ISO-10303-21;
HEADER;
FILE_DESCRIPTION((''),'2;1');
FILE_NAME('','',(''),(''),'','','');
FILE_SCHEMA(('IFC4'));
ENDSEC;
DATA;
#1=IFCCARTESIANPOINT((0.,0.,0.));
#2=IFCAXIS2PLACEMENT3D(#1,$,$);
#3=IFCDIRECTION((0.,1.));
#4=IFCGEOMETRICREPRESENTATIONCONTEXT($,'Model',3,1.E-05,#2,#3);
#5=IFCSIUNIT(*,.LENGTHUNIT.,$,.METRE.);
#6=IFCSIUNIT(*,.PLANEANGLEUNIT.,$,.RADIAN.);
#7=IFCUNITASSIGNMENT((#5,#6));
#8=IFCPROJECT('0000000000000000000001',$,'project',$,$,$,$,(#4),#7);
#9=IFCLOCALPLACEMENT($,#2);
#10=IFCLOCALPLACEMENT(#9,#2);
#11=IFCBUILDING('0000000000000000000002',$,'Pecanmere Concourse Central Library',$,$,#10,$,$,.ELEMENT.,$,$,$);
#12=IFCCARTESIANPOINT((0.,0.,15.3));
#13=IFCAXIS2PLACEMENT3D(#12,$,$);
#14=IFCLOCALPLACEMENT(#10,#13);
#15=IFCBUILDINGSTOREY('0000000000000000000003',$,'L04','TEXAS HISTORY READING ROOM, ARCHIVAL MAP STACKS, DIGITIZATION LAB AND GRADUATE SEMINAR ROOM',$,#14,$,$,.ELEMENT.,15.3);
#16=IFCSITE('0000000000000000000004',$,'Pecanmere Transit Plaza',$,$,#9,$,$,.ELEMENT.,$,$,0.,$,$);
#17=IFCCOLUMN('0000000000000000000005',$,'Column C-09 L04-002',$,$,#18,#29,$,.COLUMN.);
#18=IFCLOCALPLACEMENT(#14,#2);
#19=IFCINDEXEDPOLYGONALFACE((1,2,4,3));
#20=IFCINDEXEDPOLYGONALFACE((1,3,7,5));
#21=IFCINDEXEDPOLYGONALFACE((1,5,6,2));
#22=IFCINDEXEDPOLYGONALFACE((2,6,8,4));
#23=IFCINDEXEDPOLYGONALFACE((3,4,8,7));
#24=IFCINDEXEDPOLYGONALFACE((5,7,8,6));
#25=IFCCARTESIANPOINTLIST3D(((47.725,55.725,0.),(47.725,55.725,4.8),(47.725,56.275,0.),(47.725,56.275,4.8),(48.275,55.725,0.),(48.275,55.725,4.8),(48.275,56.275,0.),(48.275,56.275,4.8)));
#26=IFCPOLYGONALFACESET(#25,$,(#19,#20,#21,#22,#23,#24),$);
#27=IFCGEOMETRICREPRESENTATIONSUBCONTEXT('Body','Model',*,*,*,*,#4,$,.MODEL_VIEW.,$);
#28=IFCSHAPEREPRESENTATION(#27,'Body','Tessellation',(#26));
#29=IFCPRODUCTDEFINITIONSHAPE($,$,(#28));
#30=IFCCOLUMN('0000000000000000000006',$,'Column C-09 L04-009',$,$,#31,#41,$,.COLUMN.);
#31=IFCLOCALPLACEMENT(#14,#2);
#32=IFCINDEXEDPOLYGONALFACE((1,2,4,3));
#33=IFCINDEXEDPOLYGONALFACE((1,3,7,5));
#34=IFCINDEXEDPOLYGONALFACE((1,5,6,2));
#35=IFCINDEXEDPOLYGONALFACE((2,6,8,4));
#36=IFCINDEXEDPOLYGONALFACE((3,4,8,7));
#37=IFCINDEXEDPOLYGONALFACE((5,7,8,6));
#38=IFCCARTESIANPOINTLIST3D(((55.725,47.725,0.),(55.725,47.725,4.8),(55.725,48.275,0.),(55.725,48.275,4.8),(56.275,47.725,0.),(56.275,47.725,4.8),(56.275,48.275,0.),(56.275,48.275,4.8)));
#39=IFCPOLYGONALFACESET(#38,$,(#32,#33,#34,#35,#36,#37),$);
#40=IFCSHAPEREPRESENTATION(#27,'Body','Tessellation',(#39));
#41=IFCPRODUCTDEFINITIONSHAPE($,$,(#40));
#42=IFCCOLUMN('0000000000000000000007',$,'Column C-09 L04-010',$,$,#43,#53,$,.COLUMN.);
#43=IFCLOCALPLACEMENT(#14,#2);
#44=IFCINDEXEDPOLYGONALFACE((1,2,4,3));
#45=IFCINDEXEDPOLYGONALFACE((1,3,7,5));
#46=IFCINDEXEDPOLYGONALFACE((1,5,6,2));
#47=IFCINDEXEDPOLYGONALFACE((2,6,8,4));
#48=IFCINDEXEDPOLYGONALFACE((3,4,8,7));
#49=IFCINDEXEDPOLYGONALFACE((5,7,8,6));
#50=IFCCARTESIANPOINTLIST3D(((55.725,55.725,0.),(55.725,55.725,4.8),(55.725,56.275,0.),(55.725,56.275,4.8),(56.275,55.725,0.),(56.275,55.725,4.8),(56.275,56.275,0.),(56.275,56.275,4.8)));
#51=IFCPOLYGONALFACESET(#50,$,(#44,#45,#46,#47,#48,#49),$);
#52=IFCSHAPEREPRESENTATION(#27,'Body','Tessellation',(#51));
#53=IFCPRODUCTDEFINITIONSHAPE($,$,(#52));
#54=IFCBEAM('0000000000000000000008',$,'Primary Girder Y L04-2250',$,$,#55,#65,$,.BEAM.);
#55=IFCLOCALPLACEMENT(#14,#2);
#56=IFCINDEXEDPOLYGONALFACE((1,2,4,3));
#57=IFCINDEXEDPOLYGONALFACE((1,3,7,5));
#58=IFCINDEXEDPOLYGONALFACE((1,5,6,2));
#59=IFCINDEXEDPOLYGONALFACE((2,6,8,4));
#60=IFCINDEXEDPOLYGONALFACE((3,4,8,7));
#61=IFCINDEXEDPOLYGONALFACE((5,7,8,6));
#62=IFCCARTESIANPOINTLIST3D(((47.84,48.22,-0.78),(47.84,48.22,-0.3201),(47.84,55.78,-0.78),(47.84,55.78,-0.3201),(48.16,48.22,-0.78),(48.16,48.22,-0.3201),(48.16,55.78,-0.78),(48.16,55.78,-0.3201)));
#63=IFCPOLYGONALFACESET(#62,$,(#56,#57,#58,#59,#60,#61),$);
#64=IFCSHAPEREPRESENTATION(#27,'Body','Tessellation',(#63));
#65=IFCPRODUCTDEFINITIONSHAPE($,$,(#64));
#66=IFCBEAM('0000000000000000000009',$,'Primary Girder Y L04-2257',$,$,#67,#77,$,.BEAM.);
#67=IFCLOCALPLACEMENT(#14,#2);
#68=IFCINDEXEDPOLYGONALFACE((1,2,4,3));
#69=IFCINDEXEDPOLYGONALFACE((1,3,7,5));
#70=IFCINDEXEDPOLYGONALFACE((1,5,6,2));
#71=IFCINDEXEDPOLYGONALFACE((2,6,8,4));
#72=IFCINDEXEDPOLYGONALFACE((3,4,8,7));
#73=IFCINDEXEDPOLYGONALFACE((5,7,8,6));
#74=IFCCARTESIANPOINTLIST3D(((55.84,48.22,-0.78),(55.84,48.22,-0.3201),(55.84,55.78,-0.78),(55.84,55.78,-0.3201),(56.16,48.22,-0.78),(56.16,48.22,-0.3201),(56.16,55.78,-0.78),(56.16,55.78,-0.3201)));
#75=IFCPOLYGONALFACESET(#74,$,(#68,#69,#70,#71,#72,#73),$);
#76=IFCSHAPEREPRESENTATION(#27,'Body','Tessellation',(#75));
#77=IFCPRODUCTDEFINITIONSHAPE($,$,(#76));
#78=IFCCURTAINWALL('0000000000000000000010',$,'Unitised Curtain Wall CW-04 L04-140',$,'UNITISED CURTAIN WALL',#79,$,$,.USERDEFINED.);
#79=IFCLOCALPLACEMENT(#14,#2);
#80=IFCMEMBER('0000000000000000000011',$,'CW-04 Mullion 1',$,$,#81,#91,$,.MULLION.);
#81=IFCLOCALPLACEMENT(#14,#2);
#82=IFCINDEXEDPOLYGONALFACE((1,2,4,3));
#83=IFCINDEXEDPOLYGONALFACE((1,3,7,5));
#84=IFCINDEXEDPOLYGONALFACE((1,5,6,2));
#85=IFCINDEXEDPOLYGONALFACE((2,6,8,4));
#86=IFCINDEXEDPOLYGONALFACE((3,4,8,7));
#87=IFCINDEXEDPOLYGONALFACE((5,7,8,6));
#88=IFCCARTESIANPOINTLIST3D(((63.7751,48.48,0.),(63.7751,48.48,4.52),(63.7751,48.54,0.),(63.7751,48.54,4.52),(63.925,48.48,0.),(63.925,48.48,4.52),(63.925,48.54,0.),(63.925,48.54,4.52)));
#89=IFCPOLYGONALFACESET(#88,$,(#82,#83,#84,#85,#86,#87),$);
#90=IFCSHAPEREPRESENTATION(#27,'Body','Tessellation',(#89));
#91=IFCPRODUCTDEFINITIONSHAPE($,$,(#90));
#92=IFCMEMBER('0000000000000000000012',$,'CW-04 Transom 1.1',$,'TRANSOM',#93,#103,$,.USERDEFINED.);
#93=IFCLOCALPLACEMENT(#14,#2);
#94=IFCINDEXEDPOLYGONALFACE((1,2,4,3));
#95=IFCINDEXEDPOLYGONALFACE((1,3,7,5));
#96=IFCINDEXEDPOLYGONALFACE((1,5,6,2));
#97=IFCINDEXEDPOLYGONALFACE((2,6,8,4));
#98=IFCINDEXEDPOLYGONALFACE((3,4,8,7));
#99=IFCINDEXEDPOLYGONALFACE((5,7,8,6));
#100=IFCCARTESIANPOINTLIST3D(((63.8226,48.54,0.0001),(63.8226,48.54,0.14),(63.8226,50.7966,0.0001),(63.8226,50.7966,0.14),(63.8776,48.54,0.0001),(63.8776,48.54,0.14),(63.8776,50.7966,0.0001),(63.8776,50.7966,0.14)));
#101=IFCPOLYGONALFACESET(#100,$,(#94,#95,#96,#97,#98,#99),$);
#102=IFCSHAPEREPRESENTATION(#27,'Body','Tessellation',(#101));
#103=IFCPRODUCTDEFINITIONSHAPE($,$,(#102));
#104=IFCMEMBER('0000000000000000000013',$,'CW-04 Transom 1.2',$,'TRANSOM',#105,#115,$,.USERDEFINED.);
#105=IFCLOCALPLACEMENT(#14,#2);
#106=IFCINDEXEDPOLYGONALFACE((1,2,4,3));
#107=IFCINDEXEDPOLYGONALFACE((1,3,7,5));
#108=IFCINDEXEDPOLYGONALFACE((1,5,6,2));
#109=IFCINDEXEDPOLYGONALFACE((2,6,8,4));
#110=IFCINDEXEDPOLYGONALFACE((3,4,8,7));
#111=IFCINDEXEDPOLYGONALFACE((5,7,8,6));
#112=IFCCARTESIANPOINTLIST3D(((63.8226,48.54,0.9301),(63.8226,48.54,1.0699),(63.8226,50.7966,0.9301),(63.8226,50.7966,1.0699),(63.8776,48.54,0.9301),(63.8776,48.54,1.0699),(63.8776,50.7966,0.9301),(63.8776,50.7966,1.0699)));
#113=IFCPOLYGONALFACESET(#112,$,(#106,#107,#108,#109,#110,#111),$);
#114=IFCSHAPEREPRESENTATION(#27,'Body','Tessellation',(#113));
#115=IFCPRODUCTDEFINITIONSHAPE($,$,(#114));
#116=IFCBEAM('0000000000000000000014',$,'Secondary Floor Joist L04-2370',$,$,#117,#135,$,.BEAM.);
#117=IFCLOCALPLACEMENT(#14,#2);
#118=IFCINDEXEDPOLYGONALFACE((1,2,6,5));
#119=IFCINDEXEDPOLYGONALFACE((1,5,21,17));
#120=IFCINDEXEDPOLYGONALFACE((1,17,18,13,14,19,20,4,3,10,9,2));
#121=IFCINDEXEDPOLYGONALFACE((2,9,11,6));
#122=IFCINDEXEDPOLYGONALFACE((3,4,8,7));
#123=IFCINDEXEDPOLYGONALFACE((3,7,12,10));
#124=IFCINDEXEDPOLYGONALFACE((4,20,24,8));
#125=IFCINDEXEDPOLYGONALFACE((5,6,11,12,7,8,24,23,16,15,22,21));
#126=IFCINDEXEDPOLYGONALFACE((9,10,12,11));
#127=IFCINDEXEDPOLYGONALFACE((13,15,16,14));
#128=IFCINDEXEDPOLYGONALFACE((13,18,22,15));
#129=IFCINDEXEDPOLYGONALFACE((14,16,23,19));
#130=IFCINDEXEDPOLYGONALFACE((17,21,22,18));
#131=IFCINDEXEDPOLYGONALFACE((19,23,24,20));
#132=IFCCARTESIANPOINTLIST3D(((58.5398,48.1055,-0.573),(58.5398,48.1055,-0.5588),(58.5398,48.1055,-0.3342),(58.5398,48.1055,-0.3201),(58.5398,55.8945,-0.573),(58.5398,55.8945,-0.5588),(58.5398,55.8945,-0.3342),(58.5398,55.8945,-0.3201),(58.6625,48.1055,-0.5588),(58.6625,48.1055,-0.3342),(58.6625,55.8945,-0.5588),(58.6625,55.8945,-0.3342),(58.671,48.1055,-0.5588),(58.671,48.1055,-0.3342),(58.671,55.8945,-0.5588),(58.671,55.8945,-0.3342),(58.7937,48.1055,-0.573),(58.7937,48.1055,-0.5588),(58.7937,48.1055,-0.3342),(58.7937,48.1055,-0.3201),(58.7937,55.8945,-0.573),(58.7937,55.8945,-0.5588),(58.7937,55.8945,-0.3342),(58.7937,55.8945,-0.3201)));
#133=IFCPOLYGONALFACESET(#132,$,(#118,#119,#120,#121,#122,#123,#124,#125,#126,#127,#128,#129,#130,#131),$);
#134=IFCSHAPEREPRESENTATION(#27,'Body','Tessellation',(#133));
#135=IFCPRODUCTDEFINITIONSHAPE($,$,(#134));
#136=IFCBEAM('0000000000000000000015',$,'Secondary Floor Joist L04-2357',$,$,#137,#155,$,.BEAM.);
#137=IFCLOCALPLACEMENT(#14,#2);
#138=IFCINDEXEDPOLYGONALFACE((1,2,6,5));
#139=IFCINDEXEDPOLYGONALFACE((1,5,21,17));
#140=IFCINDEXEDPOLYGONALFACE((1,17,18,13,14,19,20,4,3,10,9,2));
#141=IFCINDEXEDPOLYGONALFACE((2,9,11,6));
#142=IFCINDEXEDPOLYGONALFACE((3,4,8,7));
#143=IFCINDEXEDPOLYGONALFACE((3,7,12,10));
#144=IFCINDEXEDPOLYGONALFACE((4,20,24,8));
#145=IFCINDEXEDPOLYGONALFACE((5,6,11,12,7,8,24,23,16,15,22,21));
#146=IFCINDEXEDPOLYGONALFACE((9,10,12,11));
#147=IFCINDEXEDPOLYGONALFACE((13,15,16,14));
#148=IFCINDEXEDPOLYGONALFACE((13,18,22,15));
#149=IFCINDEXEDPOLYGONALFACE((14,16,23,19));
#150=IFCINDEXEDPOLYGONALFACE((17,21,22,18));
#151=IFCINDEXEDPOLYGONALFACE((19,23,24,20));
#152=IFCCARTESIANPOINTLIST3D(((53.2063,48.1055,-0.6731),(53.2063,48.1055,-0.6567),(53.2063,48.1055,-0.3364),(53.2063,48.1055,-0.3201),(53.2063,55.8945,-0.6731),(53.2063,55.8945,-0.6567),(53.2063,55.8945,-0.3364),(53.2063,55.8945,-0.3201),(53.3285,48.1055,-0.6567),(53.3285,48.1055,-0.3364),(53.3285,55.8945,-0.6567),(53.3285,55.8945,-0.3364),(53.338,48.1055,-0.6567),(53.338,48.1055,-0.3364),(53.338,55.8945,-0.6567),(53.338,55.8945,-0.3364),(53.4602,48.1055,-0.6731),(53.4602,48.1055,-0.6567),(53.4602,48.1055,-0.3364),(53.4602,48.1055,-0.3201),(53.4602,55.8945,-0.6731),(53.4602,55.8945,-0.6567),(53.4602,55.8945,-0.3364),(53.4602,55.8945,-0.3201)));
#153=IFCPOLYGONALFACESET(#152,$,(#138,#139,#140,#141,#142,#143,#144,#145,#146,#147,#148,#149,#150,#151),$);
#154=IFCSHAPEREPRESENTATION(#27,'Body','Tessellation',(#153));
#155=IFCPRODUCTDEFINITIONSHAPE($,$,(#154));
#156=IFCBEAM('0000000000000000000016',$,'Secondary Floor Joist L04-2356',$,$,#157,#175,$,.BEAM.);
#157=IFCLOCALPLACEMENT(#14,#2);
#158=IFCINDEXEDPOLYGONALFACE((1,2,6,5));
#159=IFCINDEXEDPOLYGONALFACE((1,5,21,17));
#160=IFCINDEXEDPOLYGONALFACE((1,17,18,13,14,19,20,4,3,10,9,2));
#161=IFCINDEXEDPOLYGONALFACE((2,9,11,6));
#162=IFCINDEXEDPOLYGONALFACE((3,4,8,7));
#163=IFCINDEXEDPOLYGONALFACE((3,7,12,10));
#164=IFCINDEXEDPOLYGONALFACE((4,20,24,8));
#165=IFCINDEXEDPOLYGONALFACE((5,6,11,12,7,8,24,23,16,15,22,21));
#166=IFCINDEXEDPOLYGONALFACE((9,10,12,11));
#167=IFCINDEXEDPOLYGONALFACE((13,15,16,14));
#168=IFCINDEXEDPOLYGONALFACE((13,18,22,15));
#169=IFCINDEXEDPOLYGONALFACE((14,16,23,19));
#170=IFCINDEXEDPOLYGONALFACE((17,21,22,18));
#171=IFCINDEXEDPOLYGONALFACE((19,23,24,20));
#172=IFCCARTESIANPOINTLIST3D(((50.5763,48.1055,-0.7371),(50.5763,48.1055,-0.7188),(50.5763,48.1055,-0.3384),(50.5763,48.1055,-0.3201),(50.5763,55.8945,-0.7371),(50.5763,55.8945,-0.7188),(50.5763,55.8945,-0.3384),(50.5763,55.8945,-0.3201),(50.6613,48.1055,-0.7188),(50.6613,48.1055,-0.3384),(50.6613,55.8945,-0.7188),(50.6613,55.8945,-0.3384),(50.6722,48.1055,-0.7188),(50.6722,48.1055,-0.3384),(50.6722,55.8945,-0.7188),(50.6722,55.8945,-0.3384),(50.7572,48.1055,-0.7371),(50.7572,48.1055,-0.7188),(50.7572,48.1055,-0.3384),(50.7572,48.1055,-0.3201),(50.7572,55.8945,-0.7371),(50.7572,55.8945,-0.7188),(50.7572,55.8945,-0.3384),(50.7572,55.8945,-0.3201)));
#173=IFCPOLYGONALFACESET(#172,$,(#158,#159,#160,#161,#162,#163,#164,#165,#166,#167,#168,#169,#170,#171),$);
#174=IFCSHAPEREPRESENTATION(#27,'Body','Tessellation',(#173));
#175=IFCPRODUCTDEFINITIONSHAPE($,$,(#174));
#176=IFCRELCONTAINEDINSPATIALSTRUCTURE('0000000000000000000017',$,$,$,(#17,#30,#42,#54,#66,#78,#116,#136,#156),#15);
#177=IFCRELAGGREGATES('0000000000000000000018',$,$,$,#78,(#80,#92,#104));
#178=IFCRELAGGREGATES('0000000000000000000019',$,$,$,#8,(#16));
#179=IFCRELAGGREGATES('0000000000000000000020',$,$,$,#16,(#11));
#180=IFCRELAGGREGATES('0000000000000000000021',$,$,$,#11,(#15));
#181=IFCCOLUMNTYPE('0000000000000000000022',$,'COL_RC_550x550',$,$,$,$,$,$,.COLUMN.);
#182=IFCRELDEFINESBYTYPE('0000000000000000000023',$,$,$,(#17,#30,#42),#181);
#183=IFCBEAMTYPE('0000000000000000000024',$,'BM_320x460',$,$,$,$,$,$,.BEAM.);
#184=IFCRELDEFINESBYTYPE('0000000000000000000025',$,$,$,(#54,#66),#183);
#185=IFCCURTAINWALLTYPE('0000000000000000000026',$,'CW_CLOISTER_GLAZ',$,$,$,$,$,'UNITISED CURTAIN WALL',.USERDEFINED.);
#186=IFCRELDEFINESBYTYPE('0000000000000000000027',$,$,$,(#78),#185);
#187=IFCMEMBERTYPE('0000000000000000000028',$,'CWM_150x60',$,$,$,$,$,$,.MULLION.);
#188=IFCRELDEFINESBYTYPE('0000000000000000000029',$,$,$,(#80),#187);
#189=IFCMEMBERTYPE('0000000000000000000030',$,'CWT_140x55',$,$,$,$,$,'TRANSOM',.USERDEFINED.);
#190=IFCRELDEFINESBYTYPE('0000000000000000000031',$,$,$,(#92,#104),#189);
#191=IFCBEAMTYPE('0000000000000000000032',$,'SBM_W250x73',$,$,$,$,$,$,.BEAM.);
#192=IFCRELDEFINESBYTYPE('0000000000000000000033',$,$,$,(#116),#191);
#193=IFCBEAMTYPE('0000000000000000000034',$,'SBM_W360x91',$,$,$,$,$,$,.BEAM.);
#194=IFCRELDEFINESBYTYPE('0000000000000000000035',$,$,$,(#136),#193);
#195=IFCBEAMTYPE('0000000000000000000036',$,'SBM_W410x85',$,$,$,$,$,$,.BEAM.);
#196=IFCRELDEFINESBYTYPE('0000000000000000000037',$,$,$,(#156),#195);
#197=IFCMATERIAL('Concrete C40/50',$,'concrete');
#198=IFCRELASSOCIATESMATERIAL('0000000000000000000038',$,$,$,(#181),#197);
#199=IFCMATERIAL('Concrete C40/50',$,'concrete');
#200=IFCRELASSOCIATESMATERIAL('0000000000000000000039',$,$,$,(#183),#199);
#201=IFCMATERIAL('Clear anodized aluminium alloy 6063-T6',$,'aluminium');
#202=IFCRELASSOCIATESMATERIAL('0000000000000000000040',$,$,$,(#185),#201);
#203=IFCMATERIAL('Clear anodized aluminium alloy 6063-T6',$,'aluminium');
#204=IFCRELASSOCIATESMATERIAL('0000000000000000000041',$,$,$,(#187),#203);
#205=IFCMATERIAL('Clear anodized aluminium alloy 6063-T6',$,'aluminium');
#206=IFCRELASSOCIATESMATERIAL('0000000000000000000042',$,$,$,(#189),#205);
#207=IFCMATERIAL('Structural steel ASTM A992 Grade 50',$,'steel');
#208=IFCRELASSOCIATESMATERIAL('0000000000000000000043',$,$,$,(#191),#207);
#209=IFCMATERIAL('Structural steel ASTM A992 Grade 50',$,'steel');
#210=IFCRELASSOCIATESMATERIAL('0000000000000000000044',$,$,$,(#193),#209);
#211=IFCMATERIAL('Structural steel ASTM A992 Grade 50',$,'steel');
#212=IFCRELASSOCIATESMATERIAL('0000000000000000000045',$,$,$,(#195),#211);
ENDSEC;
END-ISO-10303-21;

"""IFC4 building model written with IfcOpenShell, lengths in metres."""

from ifc_helpers import new_model, si_unit, direction, frame, origin, origin_2d, place, context, subcontext, project, spatial, rectangle, i_section, extrude, material, material_profile, profile_set, type_object, element, aggregate, save


model = new_model("IFC4")

# Units and contexts
model_context = context("Model", 3, precision=1e-05, world=origin(), true_north=direction((0.0, 1.0)))
body_context = subcontext(model_context, "Body", "Model", "MODEL_VIEW")
ifc_project = project(units=[si_unit("LENGTHUNIT", "METRE"), si_unit("PLANEANGLEUNIT", "RADIAN")], contexts=[model_context])

# Site, building, storey
site_placement = place(None, origin())
site = spatial("IfcSite", under=ifc_project, at=site_placement, Name="Pecanmere Transit Plaza", CompositionType="ELEMENT", RefElevation=0.0)
building_placement = place(site_placement, origin())
building = spatial("IfcBuilding", under=site, at=building_placement, Name="Pecanmere Concourse Central Library", CompositionType="ELEMENT")
storey_placement = place(building_placement, frame((0.0, 0.0, 15.3)))
storey = spatial("IfcBuildingStorey", under=building, at=storey_placement, Name="L04", Description="TEXAS HISTORY READING ROOM, ARCHIVAL MAP STACKS, DIGITIZATION LAB AND GRADUATE SEMINAR ROOM", CompositionType="ELEMENT", Elevation=15.3)

# Columns
ifc_material_1 = material(Name="Concrete C40/50", Category="concrete")
ifc_material_profile_1 = material_profile(ifc_material_1, rectangle(XDim=0.55, YDim=0.55, at=origin_2d()), Name="RC 550x550")
ifc_profile_set_1 = profile_set([ifc_material_profile_1], Name="Concrete C40/50")
column_type = type_object("IfcColumnType", Name="COL_RC_550x550", PredefinedType="COLUMN", material=ifc_profile_set_1)
for number, where, z_axis, x_axis, name in (
    (1, (48.0, 56.0, 0.0), (0.0, 0.0, 1.0), (1.0, 0.0, 0.0), "Column C-09 L04-002"),
    (2, (56.0, 48.0, 0.0), (0.0, 0.0, 1.0), (1.0, 0.0, 0.0), "Column C-09 L04-009"),
    (3, (56.0, 56.0, 0.0), (0.0, 0.0, 1.0), (1.0, 0.0, 0.0), "Column C-09 L04-010"),
):
    element("IfcColumn", number, at=place(storey_placement, frame(where, z_axis=z_axis, x_axis=x_axis)), inside=storey, type_object=column_type, Name=name, PredefinedType="COLUMN", context=body_context, shape_type="SweptSolid", body=[
        extrude(rectangle(XDim=0.55, YDim=0.55, at=origin_2d()), origin(), (0.0, 0.0, 1.0), 4.8),
    ])

# Beams
ifc_material_2 = material(Name="Concrete C40/50", Category="concrete")
ifc_material_profile_2 = material_profile(ifc_material_2, rectangle(XDim=0.3201, YDim=0.46, at=origin_2d()), Name="RC 320x460")
ifc_profile_set_2 = profile_set([ifc_material_profile_2], Name="Concrete C40/50")
beam_type_1 = type_object("IfcBeamType", Name="BM_320x460", PredefinedType="BEAM", material=ifc_profile_set_2)
for number, where, z_axis, x_axis, name in (
    (4, (48.0, 48.22, -0.55), (0.0, 1.0, 0.0), (-1.0, 0.0, 0.0), "Primary Girder Y L04-2250"),
    (5, (56.0, 48.22, -0.55), (0.0, 1.0, 0.0), (-1.0, 0.0, 0.0), "Primary Girder Y L04-2257"),
):
    element("IfcBeam", number, at=place(storey_placement, frame(where, z_axis=z_axis, x_axis=x_axis)), inside=storey, type_object=beam_type_1, Name=name, PredefinedType="BEAM", context=body_context, shape_type="SweptSolid", body=[
        extrude(rectangle(XDim=0.3201, YDim=0.46, at=origin_2d()), origin(), (0.0, 0.0, 1.0), 7.5601),
    ])

# Curtain wall, members
ifc_material_3 = material(Name="Clear anodized aluminium alloy 6063-T6", Category="aluminium")
curtain_wall_type = type_object("IfcCurtainWallType", Name="CW_CLOISTER_GLAZ", ElementType="UNITISED CURTAIN WALL", PredefinedType="USERDEFINED", material=ifc_material_3)
curtain_wall_placement = place(storey_placement, origin())
curtain_wall = element("IfcCurtainWall", 6, at=curtain_wall_placement, inside=storey, type_object=curtain_wall_type, Name="Unitised Curtain Wall CW-04 L04-140", ObjectType="UNITISED CURTAIN WALL", PredefinedType="USERDEFINED")
ifc_material_4 = material(Name="Clear anodized aluminium alloy 6063-T6", Category="aluminium")
ifc_material_profile_3 = material_profile(ifc_material_4, rectangle(XDim=0.0601, YDim=0.1499, at=origin_2d()), Name="AL 60x150")
ifc_profile_set_3 = profile_set([ifc_material_profile_3], Name="Clear anodized aluminium alloy 6063-T6")
member_type_1 = type_object("IfcMemberType", Name="CWM_150x60", PredefinedType="MULLION", material=ifc_profile_set_3)
member_1_placement = place(storey_placement, frame((63.8501, 48.51, 0.0), z_axis=(0.0, 0.0, 1.0), x_axis=(0.0, 1.0, 0.0)))
member_1 = element("IfcMember", 7, at=member_1_placement, type_object=member_type_1, Name="CW-04 Mullion 1", PredefinedType="MULLION", context=body_context, shape_type="SweptSolid", body=[
    extrude(rectangle(XDim=0.0601, YDim=0.1499, at=origin_2d()), origin(), (0.0, 0.0, 1.0), 4.52),
])
ifc_material_5 = material(Name="Clear anodized aluminium alloy 6063-T6", Category="aluminium")
ifc_material_profile_4 = material_profile(ifc_material_5, rectangle(XDim=0.0549, YDim=0.1399, at=origin_2d()), Name="AL 55x140")
ifc_profile_set_4 = profile_set([ifc_material_profile_4], Name="Clear anodized aluminium alloy 6063-T6")
member_type_2 = type_object("IfcMemberType", Name="CWT_140x55", ElementType="TRANSOM", PredefinedType="USERDEFINED", material=ifc_profile_set_4)
member_2_placement = place(storey_placement, frame((63.8501, 48.54, 0.0701), z_axis=(0.0, 1.0, 0.0), x_axis=(-1.0, 0.0, 0.0)))
member_2 = element("IfcMember", 8, at=member_2_placement, type_object=member_type_2, Name="CW-04 Transom 1.1", ObjectType="TRANSOM", PredefinedType="USERDEFINED", context=body_context, shape_type="SweptSolid", body=[
    extrude(rectangle(XDim=0.0549, YDim=0.1399, at=origin_2d()), origin(), (0.0, 0.0, 1.0), 2.2566),
])
member_3_placement = place(storey_placement, frame((63.8501, 48.54, 1.0), z_axis=(0.0, 1.0, 0.0), x_axis=(-1.0, 0.0, 0.0)))
member_3 = element("IfcMember", 9, at=member_3_placement, type_object=member_type_2, Name="CW-04 Transom 1.2", ObjectType="TRANSOM", PredefinedType="USERDEFINED", context=body_context, shape_type="SweptSolid", body=[
    extrude(rectangle(XDim=0.0549, YDim=0.1399, at=origin_2d()), origin(), (0.0, 0.0, 1.0), 2.2566),
])
aggregate(curtain_wall, [member_1, member_2, member_3])

# Beams
ifc_material_6 = material(Name="Structural steel ASTM A992 Grade 50", Category="steel")
ifc_material_profile_5 = material_profile(ifc_material_6, i_section(OverallWidth=0.2539, OverallDepth=0.2529, WebThickness=0.0085, FlangeThickness=0.0142, at=origin_2d()), Name="W250x73")
ifc_profile_set_5 = profile_set([ifc_material_profile_5], Name="Structural steel ASTM A992 Grade 50")
beam_type_2 = type_object("IfcBeamType", Name="SBM_W250x73", PredefinedType="BEAM", material=ifc_profile_set_5)
beam_1_placement = place(storey_placement, frame((58.6667, 48.1055, -0.4465), z_axis=(0.0, 1.0, 0.0), x_axis=(-1.0, 0.0, 0.0)))
element("IfcBeam", 10, at=beam_1_placement, inside=storey, type_object=beam_type_2, Name="Secondary Floor Joist L04-2370", PredefinedType="BEAM", context=body_context, shape_type="SweptSolid", body=[
    extrude(i_section(OverallWidth=0.2539, OverallDepth=0.2529, WebThickness=0.0085, FlangeThickness=0.0142, at=origin_2d()), origin(), (0.0, 0.0, 1.0), 7.7891),
])
ifc_material_7 = material(Name="Structural steel ASTM A992 Grade 50", Category="steel")
ifc_material_profile_6 = material_profile(ifc_material_7, i_section(OverallWidth=0.2539, OverallDepth=0.353, WebThickness=0.0095, FlangeThickness=0.0164, at=origin_2d()), Name="W360x91")
ifc_profile_set_6 = profile_set([ifc_material_profile_6], Name="Structural steel ASTM A992 Grade 50")
beam_type_3 = type_object("IfcBeamType", Name="SBM_W360x91", PredefinedType="BEAM", material=ifc_profile_set_6)
beam_2_placement = place(storey_placement, frame((53.3333, 48.1055, -0.4966), z_axis=(0.0, 1.0, 0.0), x_axis=(-1.0, 0.0, 0.0)))
element("IfcBeam", 11, at=beam_2_placement, inside=storey, type_object=beam_type_3, Name="Secondary Floor Joist L04-2357", PredefinedType="BEAM", context=body_context, shape_type="SweptSolid", body=[
    extrude(i_section(OverallWidth=0.2539, OverallDepth=0.353, WebThickness=0.0095, FlangeThickness=0.0164, at=origin_2d()), origin(), (0.0, 0.0, 1.0), 7.7891),
])
ifc_material_8 = material(Name="Structural steel ASTM A992 Grade 50", Category="steel")
ifc_material_profile_7 = material_profile(ifc_material_8, i_section(OverallWidth=0.1809, OverallDepth=0.417, WebThickness=0.011, FlangeThickness=0.0183, at=origin_2d()), Name="W410x85")
ifc_profile_set_7 = profile_set([ifc_material_profile_7], Name="Structural steel ASTM A992 Grade 50")
beam_type_4 = type_object("IfcBeamType", Name="SBM_W410x85", PredefinedType="BEAM", material=ifc_profile_set_7)
beam_3_placement = place(storey_placement, frame((50.6667, 48.1055, -0.5286), z_axis=(0.0, 1.0, 0.0), x_axis=(-1.0, 0.0, 0.0)))
element("IfcBeam", 12, at=beam_3_placement, inside=storey, type_object=beam_type_4, Name="Secondary Floor Joist L04-2356", PredefinedType="BEAM", context=body_context, shape_type="SweptSolid", body=[
    extrude(i_section(OverallWidth=0.1809, OverallDepth=0.417, WebThickness=0.011, FlangeThickness=0.0183, at=origin_2d()), origin(), (0.0, 0.0, 1.0), 7.7891),
])

save(model, "model.ifc")
